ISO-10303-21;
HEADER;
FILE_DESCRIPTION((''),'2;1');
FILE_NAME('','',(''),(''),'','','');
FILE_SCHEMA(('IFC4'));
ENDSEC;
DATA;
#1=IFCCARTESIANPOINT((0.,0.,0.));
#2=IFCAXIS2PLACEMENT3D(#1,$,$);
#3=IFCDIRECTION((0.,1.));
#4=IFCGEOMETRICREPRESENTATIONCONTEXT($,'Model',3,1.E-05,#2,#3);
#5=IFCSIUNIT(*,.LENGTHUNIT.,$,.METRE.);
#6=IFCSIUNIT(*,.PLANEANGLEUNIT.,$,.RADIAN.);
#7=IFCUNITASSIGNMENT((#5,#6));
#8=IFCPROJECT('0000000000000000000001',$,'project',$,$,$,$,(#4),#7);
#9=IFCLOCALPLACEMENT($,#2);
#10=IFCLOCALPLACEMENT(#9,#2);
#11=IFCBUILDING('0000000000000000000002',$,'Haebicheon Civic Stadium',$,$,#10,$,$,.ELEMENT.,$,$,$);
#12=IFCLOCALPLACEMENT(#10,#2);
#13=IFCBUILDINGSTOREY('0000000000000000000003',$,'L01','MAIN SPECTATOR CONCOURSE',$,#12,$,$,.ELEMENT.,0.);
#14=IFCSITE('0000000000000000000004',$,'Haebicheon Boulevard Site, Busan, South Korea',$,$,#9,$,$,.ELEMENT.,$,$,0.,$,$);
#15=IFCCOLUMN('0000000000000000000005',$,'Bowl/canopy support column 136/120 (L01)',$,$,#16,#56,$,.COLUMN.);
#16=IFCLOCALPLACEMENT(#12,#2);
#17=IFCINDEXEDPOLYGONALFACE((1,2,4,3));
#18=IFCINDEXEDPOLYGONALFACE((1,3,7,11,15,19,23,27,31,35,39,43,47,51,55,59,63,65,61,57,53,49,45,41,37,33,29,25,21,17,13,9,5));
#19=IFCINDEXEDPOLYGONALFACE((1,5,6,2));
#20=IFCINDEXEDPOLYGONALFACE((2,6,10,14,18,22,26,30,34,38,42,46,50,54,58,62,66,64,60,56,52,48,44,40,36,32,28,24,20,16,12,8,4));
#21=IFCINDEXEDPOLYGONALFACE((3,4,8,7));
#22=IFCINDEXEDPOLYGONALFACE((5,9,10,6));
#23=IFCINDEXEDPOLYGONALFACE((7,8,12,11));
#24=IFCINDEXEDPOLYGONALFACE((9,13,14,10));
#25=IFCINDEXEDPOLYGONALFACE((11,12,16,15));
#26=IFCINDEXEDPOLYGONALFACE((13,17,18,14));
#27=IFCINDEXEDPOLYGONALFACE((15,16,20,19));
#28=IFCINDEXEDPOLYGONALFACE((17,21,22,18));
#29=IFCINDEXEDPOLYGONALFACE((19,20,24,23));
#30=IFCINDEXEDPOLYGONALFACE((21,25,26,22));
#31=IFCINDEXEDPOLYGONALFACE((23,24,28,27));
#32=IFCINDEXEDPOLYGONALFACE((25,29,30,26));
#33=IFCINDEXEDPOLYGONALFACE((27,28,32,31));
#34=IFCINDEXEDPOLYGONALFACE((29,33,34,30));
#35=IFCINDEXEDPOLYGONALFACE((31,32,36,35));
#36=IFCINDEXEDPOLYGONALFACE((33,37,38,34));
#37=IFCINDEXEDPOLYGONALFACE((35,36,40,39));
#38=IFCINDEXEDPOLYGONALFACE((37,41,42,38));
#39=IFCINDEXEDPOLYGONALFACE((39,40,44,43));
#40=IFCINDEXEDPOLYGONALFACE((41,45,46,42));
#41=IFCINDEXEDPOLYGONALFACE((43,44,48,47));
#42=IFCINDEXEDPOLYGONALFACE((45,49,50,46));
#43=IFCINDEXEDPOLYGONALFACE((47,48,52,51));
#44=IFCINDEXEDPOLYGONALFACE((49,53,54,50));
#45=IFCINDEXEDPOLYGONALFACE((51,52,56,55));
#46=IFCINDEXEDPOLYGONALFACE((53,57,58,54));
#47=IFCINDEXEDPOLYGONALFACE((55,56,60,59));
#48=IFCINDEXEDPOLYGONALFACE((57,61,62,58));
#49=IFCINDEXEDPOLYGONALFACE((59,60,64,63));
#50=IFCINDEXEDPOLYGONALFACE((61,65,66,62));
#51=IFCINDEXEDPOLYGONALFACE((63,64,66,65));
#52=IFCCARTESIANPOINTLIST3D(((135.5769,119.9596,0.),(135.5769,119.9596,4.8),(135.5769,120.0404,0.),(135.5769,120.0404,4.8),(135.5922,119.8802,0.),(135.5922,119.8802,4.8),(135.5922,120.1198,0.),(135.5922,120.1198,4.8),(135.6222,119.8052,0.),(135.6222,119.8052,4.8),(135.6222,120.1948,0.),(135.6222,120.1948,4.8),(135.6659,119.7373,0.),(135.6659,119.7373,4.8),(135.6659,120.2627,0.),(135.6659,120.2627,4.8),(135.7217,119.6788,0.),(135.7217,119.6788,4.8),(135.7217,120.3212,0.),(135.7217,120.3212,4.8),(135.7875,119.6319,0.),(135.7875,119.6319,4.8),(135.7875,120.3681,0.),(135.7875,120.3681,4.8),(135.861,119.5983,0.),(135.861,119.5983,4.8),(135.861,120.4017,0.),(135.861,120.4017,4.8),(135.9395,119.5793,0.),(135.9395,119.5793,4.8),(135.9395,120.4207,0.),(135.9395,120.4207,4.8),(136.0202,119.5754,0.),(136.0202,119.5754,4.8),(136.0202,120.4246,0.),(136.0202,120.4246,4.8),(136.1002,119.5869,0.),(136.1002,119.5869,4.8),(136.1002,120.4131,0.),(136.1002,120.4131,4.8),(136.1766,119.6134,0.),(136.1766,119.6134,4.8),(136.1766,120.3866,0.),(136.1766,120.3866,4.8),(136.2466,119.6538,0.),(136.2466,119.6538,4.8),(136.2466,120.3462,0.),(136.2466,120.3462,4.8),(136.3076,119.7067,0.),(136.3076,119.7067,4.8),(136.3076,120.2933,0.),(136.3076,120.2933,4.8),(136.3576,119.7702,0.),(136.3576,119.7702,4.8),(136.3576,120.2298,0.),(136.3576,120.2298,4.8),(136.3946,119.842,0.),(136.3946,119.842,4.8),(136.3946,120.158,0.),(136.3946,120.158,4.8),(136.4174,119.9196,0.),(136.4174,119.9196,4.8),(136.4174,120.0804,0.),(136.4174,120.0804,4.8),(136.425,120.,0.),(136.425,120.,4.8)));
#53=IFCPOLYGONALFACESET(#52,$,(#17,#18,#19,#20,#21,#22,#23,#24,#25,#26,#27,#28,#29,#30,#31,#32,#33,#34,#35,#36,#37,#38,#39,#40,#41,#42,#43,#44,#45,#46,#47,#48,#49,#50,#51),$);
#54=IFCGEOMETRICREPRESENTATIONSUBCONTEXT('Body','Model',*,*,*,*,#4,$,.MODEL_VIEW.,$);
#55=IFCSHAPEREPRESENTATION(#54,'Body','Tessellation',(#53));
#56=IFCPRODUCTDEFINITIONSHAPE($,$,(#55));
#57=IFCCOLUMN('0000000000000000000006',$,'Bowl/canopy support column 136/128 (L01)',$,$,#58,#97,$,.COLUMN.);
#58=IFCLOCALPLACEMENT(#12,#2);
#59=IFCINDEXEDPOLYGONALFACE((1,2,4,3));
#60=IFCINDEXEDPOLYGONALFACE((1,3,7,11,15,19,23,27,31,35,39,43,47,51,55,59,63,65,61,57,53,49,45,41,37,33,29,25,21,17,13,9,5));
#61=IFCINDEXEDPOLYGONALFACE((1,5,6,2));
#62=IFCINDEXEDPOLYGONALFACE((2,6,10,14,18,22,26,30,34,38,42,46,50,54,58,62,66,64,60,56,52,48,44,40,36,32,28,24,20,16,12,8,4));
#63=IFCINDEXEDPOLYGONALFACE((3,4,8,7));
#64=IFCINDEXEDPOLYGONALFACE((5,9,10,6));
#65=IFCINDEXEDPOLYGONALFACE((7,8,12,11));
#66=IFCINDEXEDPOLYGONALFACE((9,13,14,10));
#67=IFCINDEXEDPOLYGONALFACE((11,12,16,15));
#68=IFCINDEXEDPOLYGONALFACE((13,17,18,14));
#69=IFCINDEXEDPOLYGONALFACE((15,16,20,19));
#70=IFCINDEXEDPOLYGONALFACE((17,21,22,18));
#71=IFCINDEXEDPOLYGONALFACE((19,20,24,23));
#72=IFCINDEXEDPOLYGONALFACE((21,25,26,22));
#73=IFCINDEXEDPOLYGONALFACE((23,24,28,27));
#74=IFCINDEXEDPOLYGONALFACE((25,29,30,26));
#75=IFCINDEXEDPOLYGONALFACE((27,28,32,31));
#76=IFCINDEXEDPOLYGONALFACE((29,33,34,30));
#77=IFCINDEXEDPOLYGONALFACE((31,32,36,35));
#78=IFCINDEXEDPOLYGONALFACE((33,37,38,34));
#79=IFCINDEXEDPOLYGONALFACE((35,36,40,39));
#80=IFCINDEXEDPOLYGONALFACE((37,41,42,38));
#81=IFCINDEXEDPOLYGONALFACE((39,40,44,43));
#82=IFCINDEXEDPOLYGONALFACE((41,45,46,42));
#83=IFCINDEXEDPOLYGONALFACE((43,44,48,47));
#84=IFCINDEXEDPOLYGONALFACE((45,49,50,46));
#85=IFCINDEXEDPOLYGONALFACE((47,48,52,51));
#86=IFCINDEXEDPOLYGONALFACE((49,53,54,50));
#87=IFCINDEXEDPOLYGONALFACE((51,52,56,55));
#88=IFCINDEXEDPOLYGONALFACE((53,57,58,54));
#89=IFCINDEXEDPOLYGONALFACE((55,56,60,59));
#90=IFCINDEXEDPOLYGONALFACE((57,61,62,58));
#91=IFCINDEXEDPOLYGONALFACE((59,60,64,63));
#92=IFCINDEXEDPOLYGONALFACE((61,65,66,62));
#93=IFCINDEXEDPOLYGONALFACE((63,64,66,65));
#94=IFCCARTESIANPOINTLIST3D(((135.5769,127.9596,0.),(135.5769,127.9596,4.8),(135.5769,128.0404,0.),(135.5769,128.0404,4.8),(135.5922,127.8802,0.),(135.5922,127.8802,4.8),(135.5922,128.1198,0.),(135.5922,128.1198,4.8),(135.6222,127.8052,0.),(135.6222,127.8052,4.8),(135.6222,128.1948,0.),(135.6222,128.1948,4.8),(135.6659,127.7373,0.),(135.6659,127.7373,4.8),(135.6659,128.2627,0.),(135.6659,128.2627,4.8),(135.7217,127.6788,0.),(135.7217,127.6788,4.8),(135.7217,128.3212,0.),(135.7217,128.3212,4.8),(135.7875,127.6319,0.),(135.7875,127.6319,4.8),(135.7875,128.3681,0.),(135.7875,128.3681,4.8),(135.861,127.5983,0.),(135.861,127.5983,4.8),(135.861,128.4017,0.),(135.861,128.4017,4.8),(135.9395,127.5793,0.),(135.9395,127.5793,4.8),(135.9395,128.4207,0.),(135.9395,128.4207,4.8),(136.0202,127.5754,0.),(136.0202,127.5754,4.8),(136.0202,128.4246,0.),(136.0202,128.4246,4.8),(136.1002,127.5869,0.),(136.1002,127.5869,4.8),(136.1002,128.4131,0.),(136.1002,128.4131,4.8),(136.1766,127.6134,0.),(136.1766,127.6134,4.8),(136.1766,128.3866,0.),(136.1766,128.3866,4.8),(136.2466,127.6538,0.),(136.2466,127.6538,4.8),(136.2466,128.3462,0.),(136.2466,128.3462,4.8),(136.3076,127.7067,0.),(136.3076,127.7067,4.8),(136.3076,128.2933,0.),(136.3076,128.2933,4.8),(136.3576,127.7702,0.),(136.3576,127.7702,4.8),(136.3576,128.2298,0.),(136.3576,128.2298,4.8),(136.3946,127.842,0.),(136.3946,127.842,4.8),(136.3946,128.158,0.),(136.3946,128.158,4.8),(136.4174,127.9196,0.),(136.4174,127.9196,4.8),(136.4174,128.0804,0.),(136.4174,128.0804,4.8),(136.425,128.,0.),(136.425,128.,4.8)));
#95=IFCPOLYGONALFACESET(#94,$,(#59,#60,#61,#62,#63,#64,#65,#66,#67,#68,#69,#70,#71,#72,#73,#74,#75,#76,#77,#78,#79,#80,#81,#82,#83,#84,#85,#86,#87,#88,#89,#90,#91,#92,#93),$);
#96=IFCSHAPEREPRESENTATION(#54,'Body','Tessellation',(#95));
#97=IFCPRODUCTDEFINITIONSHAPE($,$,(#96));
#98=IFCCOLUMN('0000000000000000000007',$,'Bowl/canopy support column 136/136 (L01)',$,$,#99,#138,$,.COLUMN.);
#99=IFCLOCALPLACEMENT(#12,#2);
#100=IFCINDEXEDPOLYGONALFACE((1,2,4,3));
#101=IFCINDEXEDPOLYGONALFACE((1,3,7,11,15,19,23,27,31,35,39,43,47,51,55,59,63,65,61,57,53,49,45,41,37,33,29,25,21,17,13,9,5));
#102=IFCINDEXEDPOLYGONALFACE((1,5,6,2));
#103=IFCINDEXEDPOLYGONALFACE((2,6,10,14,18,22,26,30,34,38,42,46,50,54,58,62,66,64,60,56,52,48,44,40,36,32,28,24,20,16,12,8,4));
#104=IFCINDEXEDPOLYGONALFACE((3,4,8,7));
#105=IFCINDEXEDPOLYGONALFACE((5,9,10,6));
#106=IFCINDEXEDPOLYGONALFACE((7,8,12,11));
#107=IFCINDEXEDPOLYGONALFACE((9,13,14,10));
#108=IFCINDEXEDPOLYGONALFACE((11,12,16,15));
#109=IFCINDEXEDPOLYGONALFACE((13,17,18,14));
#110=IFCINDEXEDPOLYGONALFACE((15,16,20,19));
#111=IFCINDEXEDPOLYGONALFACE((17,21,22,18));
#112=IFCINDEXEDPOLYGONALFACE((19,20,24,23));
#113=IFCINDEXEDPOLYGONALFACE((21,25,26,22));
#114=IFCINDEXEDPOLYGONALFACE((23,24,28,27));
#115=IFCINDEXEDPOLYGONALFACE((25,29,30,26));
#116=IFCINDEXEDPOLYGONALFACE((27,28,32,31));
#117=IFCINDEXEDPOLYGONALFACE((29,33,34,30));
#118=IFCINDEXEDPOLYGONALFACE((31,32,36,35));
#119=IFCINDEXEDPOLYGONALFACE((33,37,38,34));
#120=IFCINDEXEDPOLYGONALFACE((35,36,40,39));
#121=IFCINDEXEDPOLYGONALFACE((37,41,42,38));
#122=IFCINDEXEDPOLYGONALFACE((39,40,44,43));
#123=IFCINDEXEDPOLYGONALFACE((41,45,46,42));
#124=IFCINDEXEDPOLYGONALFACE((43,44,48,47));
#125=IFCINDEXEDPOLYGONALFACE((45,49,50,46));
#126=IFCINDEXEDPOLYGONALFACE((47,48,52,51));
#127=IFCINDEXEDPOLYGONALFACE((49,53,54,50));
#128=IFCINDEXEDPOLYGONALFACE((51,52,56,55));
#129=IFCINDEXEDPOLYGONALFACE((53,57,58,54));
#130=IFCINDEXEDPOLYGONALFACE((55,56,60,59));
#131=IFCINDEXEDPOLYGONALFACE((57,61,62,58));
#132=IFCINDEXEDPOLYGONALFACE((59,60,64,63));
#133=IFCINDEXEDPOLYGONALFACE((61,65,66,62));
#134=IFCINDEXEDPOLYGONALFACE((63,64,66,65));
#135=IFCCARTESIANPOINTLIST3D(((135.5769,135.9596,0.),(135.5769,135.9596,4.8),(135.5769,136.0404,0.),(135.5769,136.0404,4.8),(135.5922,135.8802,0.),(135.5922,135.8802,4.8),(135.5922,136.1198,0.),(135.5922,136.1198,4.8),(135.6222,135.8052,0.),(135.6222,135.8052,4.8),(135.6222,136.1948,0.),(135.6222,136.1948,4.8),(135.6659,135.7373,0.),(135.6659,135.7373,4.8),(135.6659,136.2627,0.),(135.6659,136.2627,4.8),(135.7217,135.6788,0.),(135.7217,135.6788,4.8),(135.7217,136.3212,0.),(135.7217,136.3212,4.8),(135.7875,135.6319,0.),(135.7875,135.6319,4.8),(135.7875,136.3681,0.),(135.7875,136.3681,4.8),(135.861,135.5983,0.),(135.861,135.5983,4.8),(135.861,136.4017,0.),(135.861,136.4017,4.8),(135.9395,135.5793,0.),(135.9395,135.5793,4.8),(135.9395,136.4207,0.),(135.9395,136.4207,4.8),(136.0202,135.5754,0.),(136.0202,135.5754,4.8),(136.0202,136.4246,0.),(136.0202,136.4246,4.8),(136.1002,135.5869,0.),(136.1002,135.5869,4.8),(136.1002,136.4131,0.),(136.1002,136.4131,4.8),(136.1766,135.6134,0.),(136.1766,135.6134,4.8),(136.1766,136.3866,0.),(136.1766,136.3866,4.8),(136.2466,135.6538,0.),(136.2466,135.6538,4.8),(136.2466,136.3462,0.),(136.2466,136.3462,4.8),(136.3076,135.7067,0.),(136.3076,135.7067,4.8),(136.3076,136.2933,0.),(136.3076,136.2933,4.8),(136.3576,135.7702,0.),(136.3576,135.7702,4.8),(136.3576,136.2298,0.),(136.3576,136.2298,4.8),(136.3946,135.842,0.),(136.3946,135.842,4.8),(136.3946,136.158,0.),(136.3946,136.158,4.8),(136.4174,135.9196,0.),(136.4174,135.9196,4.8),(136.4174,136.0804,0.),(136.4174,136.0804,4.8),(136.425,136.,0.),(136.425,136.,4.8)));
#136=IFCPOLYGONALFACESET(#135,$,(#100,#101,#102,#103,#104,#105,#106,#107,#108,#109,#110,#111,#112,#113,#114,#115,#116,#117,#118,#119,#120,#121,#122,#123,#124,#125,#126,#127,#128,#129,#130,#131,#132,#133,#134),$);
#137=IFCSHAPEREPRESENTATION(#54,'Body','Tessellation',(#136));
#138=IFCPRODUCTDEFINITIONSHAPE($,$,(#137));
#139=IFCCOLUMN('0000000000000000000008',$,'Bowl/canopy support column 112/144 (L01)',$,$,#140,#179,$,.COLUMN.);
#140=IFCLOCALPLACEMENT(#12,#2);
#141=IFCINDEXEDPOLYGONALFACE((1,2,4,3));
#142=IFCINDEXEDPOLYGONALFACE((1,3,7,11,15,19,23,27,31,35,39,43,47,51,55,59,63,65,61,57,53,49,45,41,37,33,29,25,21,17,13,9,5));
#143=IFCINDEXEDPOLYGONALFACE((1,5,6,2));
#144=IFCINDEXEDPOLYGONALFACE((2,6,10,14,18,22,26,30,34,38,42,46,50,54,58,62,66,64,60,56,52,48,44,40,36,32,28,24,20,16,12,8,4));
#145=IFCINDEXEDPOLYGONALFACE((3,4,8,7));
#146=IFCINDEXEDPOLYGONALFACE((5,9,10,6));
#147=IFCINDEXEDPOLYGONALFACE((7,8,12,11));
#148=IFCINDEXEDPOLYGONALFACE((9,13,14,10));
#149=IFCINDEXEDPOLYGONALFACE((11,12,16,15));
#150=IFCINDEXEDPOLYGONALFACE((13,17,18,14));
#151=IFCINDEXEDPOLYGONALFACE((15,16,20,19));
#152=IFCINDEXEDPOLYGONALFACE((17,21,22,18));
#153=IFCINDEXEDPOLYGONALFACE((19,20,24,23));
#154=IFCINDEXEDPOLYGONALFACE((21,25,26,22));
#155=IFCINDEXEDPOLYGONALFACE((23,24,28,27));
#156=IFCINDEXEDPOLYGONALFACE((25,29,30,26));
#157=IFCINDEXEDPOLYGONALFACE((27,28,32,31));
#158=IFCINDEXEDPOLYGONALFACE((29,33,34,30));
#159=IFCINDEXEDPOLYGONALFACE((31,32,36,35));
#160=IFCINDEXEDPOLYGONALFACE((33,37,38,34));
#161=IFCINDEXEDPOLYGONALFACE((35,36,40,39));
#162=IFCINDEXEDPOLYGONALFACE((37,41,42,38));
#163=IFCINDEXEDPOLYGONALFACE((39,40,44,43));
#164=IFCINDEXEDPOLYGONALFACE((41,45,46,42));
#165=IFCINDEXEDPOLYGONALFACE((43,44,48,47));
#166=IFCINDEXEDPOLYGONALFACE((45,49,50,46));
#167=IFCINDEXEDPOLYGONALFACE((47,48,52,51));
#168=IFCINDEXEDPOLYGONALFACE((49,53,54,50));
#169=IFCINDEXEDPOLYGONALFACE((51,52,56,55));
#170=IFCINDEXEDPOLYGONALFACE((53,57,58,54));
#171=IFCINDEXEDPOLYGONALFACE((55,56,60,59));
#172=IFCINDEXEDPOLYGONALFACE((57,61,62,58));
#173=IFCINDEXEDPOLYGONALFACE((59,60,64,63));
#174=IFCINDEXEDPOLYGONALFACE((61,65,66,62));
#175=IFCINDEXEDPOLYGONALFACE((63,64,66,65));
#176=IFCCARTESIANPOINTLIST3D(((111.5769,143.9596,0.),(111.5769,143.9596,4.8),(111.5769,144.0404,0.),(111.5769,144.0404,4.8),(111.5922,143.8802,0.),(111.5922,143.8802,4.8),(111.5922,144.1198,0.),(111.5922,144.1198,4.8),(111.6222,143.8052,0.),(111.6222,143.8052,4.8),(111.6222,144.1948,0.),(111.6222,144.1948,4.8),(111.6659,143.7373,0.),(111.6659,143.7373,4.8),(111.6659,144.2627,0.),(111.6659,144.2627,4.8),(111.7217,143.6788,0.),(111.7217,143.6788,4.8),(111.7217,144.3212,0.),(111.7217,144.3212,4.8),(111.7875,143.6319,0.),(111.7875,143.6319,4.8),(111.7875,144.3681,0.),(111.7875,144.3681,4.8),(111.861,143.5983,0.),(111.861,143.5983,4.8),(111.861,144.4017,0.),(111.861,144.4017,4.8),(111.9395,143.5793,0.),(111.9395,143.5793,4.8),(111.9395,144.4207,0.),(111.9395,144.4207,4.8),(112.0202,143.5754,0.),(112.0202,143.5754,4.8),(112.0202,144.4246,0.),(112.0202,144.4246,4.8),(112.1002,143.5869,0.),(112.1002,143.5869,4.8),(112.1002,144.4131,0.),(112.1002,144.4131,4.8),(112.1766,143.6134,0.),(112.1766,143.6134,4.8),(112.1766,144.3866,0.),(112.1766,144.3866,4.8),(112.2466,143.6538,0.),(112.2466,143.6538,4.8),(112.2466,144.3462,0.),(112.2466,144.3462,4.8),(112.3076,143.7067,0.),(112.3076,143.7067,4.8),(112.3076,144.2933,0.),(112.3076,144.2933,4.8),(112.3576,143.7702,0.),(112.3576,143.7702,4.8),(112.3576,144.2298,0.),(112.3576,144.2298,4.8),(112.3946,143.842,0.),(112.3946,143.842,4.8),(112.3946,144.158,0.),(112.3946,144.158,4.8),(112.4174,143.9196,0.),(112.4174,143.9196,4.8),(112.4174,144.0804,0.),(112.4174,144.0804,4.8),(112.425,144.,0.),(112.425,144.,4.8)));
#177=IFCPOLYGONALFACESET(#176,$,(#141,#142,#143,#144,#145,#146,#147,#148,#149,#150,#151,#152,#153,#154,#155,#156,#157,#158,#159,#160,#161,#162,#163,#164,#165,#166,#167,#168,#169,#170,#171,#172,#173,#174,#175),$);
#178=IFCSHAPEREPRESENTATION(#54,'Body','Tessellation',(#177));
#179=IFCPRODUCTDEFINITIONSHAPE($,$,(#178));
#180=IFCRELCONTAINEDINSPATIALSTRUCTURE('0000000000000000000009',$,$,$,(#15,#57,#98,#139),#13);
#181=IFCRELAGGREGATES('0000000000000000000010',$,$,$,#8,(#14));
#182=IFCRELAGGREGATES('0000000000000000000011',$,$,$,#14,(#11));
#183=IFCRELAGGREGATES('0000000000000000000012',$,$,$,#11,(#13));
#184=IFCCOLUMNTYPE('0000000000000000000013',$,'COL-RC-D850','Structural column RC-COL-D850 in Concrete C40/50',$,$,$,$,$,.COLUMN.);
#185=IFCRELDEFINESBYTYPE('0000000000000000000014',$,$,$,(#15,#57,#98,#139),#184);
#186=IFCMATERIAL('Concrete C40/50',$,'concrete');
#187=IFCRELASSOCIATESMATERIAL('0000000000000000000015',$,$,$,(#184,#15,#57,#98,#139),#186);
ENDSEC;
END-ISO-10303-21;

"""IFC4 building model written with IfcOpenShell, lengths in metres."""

from ifc_helpers import new_model, si_unit, direction, frame, origin, origin_2d, place, context, subcontext, project, spatial, circle, extrude, material, material_profile, profile_set, type_object, element, save


model = new_model("IFC4")

# Units and contexts
model_context = context("Model", 3, precision=1e-05, world=origin(), true_north=direction((0.0, 1.0)))
body_context = subcontext(model_context, "Body", "Model", "MODEL_VIEW")
ifc_project = project(units=[si_unit("LENGTHUNIT", "METRE"), si_unit("PLANEANGLEUNIT", "RADIAN")], contexts=[model_context])

# Site, building, storey
site_placement = place(None, origin())
site = spatial("IfcSite", under=ifc_project, at=site_placement, Name="Haebicheon Boulevard Site, Busan, South Korea", CompositionType="ELEMENT", RefElevation=0.0)
building_placement = place(site_placement, origin())
building = spatial("IfcBuilding", under=site, at=building_placement, Name="Haebicheon Civic Stadium", CompositionType="ELEMENT")
storey_placement = place(building_placement, origin())
storey = spatial("IfcBuildingStorey", under=building, at=storey_placement, Name="L01", Description="MAIN SPECTATOR CONCOURSE", CompositionType="ELEMENT", Elevation=0.0)

# Columns
ifc_material_1 = material(Name="Concrete C40/50", Category="concrete")
ifc_material_profile_1 = material_profile(ifc_material_1, circle(Radius=0.425, at=origin_2d()), Name="RC-COL-D850")
ifc_profile_set_1 = profile_set([ifc_material_profile_1], Name="Concrete C40/50")
column_type = type_object("IfcColumnType", Name="COL-RC-D850", Description="Structural column RC-COL-D850 in Concrete C40/50", PredefinedType="COLUMN", material=ifc_profile_set_1)
for number, where, z_axis, x_axis, name in (
    (1, (136.0, 120.0, 0.0), (0.0, 0.0, 1.0), (1.0, 0.0, 0.0), "Bowl/canopy support column 136/120 (L01)"),
    (2, (136.0, 128.0, 0.0), (0.0, 0.0, 1.0), (1.0, 0.0, 0.0), "Bowl/canopy support column 136/128 (L01)"),
    (3, (136.0, 136.0, 0.0), (0.0, 0.0, 1.0), (1.0, 0.0, 0.0), "Bowl/canopy support column 136/136 (L01)"),
    (4, (112.0, 144.0, 0.0), (0.0, 0.0, 1.0), (1.0, 0.0, 0.0), "Bowl/canopy support column 112/144 (L01)"),
):
    element("IfcColumn", number, at=place(storey_placement, frame(where, z_axis=z_axis, x_axis=x_axis)), inside=storey, type_object=column_type, material=ifc_profile_set_1, Name=name, PredefinedType="COLUMN", context=body_context, shape_type="SweptSolid", body=[
        extrude(circle(Radius=0.425, at=origin_2d()), origin(), (0.0, 0.0, 1.0), 4.8),
    ])

save(model, "model.ifc")
